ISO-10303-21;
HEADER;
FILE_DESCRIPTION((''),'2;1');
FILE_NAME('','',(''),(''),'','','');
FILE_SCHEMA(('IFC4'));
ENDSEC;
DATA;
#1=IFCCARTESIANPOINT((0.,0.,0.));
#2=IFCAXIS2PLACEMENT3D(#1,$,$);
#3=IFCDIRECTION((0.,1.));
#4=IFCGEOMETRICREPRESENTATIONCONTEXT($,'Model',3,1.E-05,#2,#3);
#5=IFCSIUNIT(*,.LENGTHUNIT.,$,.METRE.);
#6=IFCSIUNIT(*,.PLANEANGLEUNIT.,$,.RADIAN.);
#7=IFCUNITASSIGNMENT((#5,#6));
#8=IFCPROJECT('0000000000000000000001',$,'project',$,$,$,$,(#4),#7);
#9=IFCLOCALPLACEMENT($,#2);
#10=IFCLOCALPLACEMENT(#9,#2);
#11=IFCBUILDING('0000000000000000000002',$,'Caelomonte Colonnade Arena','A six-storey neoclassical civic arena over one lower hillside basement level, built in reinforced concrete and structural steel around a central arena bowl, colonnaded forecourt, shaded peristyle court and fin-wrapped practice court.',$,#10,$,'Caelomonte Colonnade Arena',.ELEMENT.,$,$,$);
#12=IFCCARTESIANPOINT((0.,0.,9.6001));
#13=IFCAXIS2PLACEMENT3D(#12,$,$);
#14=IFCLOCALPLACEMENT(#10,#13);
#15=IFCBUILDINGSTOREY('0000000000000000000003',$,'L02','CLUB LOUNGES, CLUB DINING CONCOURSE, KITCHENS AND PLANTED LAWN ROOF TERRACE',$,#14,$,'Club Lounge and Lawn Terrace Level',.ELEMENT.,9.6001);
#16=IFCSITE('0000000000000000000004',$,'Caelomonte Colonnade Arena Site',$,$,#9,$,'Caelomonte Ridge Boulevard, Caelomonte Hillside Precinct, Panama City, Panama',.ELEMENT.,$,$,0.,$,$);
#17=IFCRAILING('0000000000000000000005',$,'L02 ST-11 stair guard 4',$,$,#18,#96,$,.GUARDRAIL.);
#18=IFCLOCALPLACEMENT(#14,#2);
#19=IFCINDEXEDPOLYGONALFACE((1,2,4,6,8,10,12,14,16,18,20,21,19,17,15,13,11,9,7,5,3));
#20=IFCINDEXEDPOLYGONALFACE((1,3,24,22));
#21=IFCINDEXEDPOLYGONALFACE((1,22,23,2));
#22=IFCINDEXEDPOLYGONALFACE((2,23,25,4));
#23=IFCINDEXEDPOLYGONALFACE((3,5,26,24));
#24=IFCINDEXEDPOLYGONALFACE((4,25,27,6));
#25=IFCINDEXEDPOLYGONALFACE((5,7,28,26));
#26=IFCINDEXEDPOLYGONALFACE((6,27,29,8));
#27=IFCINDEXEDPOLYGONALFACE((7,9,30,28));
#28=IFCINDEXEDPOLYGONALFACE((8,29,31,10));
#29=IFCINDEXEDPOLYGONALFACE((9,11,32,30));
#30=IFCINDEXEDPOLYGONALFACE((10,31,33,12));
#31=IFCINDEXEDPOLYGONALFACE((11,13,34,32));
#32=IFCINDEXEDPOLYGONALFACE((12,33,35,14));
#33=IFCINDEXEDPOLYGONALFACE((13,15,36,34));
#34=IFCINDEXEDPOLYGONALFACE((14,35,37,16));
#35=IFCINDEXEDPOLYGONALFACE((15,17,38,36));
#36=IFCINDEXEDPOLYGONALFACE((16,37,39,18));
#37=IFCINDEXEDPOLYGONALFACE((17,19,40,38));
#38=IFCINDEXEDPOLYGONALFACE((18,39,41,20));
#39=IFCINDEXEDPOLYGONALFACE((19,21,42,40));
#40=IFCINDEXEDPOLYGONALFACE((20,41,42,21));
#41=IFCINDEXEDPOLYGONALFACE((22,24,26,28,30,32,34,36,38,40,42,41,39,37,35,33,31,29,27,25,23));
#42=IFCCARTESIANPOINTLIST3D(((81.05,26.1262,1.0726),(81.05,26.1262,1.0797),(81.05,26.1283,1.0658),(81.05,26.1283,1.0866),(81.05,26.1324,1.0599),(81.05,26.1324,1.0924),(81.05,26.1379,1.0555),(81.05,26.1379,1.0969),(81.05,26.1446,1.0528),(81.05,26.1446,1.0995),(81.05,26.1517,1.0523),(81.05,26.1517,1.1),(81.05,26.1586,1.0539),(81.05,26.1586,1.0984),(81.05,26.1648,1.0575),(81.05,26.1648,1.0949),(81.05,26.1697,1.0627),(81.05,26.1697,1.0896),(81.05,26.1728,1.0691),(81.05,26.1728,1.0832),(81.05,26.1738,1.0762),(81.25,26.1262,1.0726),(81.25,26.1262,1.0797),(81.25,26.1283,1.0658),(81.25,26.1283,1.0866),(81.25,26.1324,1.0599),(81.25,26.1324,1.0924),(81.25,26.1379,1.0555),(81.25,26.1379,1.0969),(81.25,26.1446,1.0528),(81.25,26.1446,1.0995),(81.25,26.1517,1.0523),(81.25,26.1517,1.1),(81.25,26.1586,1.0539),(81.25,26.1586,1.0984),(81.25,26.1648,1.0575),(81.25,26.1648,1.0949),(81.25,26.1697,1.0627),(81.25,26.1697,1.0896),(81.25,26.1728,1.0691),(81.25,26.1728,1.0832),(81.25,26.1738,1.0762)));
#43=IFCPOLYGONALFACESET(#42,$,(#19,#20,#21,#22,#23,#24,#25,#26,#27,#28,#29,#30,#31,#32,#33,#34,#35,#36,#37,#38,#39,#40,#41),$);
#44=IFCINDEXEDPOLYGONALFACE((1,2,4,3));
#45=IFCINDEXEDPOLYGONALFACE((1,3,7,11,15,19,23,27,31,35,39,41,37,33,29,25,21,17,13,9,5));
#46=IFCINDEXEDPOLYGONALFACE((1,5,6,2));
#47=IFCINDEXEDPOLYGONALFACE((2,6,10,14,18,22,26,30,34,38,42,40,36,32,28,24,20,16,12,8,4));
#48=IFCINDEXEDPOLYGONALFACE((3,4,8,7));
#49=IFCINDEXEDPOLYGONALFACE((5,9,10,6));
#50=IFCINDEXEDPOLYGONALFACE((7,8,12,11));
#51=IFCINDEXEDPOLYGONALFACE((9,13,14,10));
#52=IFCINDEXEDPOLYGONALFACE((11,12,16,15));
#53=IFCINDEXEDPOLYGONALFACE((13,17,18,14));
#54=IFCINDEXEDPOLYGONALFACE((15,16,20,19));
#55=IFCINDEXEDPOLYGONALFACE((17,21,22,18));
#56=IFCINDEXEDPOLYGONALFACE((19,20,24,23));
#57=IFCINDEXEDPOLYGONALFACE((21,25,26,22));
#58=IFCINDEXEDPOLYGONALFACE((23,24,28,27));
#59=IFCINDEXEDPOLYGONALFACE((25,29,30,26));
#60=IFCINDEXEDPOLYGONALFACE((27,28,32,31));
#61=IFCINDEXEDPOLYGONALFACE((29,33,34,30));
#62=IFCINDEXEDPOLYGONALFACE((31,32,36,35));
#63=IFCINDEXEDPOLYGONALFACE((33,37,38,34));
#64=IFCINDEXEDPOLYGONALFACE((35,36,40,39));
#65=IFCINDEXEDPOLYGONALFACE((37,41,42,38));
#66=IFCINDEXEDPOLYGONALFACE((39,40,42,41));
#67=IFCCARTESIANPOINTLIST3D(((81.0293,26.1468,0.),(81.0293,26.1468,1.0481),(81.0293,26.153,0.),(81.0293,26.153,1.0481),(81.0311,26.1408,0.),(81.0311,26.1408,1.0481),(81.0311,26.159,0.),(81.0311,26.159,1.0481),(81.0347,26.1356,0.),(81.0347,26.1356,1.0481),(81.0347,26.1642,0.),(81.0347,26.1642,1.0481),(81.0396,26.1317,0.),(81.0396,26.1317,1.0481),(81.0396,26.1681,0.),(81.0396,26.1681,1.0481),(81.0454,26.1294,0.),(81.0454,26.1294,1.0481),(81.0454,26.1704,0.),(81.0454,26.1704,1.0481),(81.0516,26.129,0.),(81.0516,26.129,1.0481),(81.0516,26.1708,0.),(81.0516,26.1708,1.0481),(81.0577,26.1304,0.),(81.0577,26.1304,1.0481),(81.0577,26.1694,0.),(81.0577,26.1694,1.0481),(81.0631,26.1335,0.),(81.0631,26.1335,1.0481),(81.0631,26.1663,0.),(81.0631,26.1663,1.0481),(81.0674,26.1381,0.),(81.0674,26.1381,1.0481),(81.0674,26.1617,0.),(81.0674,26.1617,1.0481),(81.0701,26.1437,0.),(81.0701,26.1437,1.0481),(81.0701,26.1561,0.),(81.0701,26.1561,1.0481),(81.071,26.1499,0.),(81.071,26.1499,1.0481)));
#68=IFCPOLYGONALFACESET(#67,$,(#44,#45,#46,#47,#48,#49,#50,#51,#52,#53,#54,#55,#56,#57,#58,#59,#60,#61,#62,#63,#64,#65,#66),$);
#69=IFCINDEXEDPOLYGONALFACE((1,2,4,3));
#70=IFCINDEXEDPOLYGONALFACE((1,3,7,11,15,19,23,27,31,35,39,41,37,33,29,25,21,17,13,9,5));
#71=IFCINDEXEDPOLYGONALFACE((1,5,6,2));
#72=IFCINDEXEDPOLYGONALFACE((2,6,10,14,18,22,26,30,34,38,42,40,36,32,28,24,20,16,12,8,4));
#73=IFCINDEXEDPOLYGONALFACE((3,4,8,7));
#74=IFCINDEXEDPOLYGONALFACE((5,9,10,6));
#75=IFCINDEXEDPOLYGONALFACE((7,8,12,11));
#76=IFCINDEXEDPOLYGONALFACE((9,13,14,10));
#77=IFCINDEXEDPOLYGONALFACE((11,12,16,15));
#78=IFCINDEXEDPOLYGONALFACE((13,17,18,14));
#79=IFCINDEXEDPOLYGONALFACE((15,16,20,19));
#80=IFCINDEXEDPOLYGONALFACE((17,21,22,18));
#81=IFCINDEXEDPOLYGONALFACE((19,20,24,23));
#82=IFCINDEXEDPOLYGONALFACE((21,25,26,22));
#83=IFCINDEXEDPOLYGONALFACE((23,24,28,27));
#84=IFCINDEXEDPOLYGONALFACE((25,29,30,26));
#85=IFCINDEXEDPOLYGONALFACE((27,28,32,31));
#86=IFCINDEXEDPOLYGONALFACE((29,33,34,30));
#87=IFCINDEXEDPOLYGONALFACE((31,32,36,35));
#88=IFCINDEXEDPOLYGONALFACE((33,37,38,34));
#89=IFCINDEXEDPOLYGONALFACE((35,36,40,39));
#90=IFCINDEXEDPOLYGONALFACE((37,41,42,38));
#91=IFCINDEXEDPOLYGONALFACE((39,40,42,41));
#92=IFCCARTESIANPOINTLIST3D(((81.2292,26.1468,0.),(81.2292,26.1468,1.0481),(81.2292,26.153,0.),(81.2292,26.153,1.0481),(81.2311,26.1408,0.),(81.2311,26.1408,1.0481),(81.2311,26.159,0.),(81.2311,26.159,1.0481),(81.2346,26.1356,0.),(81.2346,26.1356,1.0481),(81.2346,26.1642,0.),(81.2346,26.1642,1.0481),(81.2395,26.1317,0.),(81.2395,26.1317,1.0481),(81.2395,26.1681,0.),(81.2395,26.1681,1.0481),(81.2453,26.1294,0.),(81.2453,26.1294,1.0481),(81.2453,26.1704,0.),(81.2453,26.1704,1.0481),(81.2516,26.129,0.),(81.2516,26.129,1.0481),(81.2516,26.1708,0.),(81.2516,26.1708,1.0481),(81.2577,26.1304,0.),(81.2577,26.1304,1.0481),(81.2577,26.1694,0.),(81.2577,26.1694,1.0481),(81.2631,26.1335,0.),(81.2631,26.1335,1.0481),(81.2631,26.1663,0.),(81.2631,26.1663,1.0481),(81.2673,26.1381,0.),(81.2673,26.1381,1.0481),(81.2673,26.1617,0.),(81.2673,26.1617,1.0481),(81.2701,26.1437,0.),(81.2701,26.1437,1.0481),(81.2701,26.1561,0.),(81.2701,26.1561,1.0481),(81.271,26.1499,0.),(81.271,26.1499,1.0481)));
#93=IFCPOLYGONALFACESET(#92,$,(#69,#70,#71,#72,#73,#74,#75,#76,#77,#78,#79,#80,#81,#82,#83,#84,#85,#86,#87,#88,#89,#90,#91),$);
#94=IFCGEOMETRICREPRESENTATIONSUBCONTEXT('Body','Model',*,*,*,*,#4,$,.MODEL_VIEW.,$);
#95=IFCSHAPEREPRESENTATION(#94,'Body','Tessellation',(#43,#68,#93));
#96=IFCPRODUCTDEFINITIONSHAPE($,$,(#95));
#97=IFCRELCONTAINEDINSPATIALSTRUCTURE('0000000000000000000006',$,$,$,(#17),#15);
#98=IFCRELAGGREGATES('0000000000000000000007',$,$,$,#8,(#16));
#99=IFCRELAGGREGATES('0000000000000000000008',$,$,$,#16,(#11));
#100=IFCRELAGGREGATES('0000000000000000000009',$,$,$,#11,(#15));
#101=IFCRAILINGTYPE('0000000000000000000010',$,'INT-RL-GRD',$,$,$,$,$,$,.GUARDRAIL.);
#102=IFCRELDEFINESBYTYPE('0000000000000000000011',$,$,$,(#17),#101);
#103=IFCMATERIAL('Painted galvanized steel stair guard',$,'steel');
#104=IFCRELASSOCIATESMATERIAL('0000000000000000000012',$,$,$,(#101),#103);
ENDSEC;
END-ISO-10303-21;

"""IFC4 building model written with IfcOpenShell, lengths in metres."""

from ifc_helpers import new_model, si_unit, direction, frame, origin, origin_2d, place, context, subcontext, project, spatial, circle, extrude, material, type_object, element, save


model = new_model("IFC4")

# Units and contexts
model_context = context("Model", 3, precision=1e-05, world=origin(), true_north=direction((0.0, 1.0)))
body_context = subcontext(model_context, "Body", "Model", "MODEL_VIEW")
ifc_project = project(units=[si_unit("LENGTHUNIT", "METRE"), si_unit("PLANEANGLEUNIT", "RADIAN")], contexts=[model_context])

# Site, building, storey
site_placement = place(None, origin())
site = spatial("IfcSite", under=ifc_project, at=site_placement, Name="Caelomonte Colonnade Arena Site", LongName="Caelomonte Ridge Boulevard, Caelomonte Hillside Precinct, Panama City, Panama", CompositionType="ELEMENT", RefElevation=0.0)
building_placement = place(site_placement, origin())
building = spatial("IfcBuilding", under=site, at=building_placement, Name="Caelomonte Colonnade Arena", Description="A six-storey neoclassical civic arena over one lower hillside basement level, built in reinforced concrete and structural steel around a central arena bowl, colonnaded forecourt, shaded peristyle court and fin-wrapped practice court.", LongName="Caelomonte Colonnade Arena", CompositionType="ELEMENT")
storey_placement = place(building_placement, frame((0.0, 0.0, 9.6001)))
storey = spatial("IfcBuildingStorey", under=building, at=storey_placement, Name="L02", Description="CLUB LOUNGES, CLUB DINING CONCOURSE, KITCHENS AND PLANTED LAWN ROOF TERRACE", LongName="Club Lounge and Lawn Terrace Level", CompositionType="ELEMENT", Elevation=9.6001)

# Railing
ifc_material_1 = material(Name="Painted galvanized steel stair guard", Category="steel")
railing_type_1 = type_object("IfcRailingType", Name="INT-RL-GRD", PredefinedType="GUARDRAIL", material=ifc_material_1)
railing_1_placement = place(storey_placement, frame((81.05, 26.1499, 0.0)))
element("IfcRailing", 1, at=railing_1_placement, inside=storey, type_object=railing_type_1, Name="L02 ST-11 stair guard 4", PredefinedType="GUARDRAIL", context=body_context, shape_type="SweptSolid", body=[
    extrude(circle(Radius=0.0239, at=origin_2d()), frame((0.0, 0.0, 1.0762), z_axis=(1.0, 0.0, 0.0), x_axis=(0.0, 1.0, 0.0)), (0.0, 0.0, 1.0), 0.2),
    extrude(circle(Radius=0.021, at=origin_2d()), origin(), (0.0, 0.0, 1.0), 1.0481),
    extrude(circle(Radius=0.021, at=origin_2d()), frame((0.2, 0.0, 0.0)), (0.0, 0.0, 1.0), 1.0481),
])

save(model, "model.ifc")
